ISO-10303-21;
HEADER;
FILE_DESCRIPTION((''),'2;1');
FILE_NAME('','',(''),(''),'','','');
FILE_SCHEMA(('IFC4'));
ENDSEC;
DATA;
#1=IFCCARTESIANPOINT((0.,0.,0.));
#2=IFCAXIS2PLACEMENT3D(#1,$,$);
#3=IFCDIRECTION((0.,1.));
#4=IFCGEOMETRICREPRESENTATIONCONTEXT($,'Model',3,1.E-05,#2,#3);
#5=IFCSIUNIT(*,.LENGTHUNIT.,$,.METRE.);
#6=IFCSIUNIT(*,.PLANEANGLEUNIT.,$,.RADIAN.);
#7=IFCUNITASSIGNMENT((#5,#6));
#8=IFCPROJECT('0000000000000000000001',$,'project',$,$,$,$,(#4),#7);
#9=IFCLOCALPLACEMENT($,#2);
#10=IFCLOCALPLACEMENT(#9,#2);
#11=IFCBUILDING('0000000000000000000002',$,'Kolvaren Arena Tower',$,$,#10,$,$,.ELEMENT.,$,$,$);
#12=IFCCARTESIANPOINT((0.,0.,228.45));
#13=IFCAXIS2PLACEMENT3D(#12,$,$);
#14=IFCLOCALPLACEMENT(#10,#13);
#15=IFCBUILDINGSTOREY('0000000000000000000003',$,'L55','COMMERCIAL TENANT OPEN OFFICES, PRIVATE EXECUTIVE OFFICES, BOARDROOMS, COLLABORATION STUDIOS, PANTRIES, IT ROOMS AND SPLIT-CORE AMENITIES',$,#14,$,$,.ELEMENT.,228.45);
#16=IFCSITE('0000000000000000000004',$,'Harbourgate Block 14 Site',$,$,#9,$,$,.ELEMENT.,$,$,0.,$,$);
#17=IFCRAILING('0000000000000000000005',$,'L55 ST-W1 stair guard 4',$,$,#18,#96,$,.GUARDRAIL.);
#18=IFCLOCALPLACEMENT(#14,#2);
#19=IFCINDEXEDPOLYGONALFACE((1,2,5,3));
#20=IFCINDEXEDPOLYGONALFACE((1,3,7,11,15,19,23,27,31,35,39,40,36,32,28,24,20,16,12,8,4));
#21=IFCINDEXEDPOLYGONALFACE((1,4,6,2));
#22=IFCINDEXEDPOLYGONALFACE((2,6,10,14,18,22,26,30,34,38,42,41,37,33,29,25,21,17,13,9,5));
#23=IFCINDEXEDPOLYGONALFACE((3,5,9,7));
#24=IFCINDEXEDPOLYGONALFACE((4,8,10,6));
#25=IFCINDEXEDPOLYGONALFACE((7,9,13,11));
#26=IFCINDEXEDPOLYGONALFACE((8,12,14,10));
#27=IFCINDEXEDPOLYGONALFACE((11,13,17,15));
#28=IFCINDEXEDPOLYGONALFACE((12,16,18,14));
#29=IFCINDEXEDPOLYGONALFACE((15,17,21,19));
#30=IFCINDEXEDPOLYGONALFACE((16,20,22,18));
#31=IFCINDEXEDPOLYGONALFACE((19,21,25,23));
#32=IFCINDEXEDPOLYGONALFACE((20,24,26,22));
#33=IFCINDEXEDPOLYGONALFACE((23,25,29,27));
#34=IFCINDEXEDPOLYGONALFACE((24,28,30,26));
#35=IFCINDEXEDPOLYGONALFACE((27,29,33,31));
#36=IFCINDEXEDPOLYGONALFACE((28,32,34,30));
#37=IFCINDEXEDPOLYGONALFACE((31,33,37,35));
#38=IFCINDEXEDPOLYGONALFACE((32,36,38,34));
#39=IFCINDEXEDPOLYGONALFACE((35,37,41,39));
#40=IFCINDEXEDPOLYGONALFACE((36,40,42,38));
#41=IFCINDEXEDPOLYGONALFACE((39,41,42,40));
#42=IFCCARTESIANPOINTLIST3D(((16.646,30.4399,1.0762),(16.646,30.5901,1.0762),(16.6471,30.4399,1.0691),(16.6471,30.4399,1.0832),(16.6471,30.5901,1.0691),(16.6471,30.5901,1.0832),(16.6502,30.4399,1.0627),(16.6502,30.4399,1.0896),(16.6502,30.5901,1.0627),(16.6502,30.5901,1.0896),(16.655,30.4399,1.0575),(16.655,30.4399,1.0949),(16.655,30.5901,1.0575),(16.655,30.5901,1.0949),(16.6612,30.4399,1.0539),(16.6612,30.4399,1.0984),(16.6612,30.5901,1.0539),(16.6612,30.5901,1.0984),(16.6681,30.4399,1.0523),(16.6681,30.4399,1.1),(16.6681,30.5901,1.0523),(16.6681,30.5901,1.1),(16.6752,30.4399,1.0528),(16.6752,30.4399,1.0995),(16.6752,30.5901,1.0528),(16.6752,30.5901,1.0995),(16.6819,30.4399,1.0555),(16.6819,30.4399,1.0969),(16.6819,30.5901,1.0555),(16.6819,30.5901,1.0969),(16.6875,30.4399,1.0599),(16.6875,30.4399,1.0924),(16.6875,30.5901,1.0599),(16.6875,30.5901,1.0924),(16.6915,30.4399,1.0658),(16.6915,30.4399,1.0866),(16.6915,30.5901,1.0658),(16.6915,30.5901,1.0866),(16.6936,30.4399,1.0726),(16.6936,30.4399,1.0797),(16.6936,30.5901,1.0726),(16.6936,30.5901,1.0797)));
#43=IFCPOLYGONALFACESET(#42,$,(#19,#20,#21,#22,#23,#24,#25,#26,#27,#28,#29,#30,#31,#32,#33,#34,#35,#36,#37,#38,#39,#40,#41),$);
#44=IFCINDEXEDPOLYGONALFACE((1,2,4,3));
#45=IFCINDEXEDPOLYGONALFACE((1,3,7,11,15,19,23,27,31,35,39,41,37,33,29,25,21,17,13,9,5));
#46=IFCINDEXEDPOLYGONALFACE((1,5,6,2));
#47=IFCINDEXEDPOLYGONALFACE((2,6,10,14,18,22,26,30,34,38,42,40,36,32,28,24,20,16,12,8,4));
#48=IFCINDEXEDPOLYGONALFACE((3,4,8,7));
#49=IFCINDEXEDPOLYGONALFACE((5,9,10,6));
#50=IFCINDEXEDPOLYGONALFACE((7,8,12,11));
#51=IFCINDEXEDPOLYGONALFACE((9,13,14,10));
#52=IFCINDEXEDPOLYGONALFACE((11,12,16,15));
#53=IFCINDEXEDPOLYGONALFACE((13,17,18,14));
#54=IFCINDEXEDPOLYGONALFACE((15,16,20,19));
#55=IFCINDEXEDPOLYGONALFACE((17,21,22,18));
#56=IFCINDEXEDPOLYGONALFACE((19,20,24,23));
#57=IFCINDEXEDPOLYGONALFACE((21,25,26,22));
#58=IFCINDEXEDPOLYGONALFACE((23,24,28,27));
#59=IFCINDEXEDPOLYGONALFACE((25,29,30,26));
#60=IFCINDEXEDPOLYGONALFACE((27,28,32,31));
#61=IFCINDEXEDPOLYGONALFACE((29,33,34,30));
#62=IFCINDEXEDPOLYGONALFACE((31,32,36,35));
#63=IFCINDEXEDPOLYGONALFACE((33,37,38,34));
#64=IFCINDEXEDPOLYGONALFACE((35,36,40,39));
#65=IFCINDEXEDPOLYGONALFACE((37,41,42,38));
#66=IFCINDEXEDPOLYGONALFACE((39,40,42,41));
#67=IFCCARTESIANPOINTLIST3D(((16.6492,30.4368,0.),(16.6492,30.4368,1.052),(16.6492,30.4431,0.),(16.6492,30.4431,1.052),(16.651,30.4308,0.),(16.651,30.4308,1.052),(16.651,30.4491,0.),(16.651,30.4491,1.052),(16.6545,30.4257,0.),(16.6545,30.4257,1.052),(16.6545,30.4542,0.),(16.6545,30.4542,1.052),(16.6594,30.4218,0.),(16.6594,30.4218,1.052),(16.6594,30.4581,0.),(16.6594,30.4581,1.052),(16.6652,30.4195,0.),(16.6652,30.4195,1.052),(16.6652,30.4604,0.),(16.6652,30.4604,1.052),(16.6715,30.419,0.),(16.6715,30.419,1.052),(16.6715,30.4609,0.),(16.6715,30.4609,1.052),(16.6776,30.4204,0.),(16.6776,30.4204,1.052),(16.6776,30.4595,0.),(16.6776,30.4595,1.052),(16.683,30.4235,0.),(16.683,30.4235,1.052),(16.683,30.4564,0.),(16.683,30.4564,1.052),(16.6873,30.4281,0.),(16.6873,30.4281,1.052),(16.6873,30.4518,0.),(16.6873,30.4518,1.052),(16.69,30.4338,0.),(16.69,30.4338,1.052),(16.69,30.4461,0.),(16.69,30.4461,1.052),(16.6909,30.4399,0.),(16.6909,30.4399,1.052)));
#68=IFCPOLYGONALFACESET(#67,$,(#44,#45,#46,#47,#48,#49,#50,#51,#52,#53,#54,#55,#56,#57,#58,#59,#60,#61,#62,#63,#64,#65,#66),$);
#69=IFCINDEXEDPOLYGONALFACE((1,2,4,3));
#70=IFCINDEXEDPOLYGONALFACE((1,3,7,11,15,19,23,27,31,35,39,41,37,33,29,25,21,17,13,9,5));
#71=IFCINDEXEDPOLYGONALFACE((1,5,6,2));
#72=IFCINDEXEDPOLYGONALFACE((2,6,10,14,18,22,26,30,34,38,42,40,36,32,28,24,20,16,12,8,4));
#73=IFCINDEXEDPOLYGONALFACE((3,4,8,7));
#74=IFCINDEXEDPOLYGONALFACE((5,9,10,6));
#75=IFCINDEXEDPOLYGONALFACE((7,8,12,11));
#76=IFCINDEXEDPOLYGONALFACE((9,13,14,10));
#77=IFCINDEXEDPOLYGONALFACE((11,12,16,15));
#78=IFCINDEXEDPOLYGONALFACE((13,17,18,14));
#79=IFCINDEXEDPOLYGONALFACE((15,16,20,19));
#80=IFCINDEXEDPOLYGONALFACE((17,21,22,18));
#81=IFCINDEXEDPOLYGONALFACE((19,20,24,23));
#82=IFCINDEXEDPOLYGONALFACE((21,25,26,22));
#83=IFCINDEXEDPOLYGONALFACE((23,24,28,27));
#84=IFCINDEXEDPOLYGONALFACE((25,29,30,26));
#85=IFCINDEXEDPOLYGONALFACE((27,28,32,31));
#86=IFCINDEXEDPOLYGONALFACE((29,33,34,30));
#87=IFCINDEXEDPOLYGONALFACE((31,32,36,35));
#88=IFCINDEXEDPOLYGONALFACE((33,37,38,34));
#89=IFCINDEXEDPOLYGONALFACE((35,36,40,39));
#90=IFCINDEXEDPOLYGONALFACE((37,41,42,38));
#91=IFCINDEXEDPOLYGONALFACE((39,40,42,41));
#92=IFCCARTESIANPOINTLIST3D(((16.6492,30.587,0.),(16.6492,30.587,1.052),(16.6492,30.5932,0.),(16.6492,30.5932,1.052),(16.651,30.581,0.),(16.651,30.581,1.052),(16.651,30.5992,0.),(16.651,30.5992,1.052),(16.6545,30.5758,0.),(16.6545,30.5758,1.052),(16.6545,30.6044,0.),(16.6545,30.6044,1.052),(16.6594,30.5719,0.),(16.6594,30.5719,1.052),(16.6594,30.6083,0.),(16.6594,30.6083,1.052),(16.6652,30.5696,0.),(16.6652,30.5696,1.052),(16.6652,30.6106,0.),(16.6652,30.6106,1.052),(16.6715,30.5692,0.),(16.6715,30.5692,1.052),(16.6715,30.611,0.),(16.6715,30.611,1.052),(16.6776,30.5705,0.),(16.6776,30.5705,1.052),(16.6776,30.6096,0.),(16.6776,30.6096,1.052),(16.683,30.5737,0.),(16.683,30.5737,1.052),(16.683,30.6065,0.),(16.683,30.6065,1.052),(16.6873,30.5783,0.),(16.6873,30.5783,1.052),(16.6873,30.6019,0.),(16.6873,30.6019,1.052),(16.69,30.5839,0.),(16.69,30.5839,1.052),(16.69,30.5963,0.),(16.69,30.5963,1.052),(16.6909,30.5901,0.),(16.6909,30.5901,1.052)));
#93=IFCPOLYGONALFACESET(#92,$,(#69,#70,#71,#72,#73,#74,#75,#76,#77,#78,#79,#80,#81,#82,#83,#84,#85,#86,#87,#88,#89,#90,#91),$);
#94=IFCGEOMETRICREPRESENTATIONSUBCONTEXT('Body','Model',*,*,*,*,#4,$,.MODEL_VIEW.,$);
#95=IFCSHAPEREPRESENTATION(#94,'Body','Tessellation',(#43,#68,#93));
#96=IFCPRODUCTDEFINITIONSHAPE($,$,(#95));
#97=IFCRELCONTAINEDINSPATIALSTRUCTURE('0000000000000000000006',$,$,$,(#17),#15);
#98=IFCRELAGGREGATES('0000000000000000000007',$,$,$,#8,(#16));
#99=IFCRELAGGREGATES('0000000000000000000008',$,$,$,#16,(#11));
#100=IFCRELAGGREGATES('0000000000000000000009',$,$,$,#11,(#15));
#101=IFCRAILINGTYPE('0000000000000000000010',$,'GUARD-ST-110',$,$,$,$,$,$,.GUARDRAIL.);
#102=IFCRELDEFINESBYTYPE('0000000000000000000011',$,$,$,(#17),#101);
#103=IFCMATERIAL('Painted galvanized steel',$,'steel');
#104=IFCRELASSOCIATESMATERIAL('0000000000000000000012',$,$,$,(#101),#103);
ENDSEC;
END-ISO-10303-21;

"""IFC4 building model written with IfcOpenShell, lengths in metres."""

from ifc_helpers import new_model, si_unit, direction, frame, origin, origin_2d, place, context, subcontext, project, spatial, circle, extrude, material, type_object, element, save


model = new_model("IFC4")

# Units and contexts
model_context = context("Model", 3, precision=1e-05, world=origin(), true_north=direction((0.0, 1.0)))
body_context = subcontext(model_context, "Body", "Model", "MODEL_VIEW")
ifc_project = project(units=[si_unit("LENGTHUNIT", "METRE"), si_unit("PLANEANGLEUNIT", "RADIAN")], contexts=[model_context])

# Site, building, storey
site_placement = place(None, origin())
site = spatial("IfcSite", under=ifc_project, at=site_placement, Name="Harbourgate Block 14 Site", CompositionType="ELEMENT", RefElevation=0.0)
building_placement = place(site_placement, origin())
building = spatial("IfcBuilding", under=site, at=building_placement, Name="Kolvaren Arena Tower", CompositionType="ELEMENT")
storey_placement = place(building_placement, frame((0.0, 0.0, 228.45)))
storey = spatial("IfcBuildingStorey", under=building, at=storey_placement, Name="L55", Description="COMMERCIAL TENANT OPEN OFFICES, PRIVATE EXECUTIVE OFFICES, BOARDROOMS, COLLABORATION STUDIOS, PANTRIES, IT ROOMS AND SPLIT-CORE AMENITIES", CompositionType="ELEMENT", Elevation=228.45)

# Railing
ifc_material_1 = material(Name="Painted galvanized steel", Category="steel")
railing_type_1 = type_object("IfcRailingType", Name="GUARD-ST-110", PredefinedType="GUARDRAIL", material=ifc_material_1)
railing_1_placement = place(storey_placement, frame((16.6699, 30.4399, 0.0)))
element("IfcRailing", 1, at=railing_1_placement, inside=storey, type_object=railing_type_1, Name="L55 ST-W1 stair guard 4", PredefinedType="GUARDRAIL", context=body_context, shape_type="SweptSolid", body=[
    extrude(circle(Radius=0.0239, at=origin_2d()), frame((0.0, 0.0, 1.0762), z_axis=(0.0, 1.0, 0.0), x_axis=(-1.0, 0.0, 0.0)), (0.0, 0.0, 1.0), 0.1501),
    extrude(circle(Radius=0.021, at=origin_2d()), origin(), (0.0, 0.0, 1.0), 1.052),
    extrude(circle(Radius=0.021, at=origin_2d()), frame((0.0, 0.1501, 0.0)), (0.0, 0.0, 1.0), 1.052),
])

save(model, "model.ifc")
